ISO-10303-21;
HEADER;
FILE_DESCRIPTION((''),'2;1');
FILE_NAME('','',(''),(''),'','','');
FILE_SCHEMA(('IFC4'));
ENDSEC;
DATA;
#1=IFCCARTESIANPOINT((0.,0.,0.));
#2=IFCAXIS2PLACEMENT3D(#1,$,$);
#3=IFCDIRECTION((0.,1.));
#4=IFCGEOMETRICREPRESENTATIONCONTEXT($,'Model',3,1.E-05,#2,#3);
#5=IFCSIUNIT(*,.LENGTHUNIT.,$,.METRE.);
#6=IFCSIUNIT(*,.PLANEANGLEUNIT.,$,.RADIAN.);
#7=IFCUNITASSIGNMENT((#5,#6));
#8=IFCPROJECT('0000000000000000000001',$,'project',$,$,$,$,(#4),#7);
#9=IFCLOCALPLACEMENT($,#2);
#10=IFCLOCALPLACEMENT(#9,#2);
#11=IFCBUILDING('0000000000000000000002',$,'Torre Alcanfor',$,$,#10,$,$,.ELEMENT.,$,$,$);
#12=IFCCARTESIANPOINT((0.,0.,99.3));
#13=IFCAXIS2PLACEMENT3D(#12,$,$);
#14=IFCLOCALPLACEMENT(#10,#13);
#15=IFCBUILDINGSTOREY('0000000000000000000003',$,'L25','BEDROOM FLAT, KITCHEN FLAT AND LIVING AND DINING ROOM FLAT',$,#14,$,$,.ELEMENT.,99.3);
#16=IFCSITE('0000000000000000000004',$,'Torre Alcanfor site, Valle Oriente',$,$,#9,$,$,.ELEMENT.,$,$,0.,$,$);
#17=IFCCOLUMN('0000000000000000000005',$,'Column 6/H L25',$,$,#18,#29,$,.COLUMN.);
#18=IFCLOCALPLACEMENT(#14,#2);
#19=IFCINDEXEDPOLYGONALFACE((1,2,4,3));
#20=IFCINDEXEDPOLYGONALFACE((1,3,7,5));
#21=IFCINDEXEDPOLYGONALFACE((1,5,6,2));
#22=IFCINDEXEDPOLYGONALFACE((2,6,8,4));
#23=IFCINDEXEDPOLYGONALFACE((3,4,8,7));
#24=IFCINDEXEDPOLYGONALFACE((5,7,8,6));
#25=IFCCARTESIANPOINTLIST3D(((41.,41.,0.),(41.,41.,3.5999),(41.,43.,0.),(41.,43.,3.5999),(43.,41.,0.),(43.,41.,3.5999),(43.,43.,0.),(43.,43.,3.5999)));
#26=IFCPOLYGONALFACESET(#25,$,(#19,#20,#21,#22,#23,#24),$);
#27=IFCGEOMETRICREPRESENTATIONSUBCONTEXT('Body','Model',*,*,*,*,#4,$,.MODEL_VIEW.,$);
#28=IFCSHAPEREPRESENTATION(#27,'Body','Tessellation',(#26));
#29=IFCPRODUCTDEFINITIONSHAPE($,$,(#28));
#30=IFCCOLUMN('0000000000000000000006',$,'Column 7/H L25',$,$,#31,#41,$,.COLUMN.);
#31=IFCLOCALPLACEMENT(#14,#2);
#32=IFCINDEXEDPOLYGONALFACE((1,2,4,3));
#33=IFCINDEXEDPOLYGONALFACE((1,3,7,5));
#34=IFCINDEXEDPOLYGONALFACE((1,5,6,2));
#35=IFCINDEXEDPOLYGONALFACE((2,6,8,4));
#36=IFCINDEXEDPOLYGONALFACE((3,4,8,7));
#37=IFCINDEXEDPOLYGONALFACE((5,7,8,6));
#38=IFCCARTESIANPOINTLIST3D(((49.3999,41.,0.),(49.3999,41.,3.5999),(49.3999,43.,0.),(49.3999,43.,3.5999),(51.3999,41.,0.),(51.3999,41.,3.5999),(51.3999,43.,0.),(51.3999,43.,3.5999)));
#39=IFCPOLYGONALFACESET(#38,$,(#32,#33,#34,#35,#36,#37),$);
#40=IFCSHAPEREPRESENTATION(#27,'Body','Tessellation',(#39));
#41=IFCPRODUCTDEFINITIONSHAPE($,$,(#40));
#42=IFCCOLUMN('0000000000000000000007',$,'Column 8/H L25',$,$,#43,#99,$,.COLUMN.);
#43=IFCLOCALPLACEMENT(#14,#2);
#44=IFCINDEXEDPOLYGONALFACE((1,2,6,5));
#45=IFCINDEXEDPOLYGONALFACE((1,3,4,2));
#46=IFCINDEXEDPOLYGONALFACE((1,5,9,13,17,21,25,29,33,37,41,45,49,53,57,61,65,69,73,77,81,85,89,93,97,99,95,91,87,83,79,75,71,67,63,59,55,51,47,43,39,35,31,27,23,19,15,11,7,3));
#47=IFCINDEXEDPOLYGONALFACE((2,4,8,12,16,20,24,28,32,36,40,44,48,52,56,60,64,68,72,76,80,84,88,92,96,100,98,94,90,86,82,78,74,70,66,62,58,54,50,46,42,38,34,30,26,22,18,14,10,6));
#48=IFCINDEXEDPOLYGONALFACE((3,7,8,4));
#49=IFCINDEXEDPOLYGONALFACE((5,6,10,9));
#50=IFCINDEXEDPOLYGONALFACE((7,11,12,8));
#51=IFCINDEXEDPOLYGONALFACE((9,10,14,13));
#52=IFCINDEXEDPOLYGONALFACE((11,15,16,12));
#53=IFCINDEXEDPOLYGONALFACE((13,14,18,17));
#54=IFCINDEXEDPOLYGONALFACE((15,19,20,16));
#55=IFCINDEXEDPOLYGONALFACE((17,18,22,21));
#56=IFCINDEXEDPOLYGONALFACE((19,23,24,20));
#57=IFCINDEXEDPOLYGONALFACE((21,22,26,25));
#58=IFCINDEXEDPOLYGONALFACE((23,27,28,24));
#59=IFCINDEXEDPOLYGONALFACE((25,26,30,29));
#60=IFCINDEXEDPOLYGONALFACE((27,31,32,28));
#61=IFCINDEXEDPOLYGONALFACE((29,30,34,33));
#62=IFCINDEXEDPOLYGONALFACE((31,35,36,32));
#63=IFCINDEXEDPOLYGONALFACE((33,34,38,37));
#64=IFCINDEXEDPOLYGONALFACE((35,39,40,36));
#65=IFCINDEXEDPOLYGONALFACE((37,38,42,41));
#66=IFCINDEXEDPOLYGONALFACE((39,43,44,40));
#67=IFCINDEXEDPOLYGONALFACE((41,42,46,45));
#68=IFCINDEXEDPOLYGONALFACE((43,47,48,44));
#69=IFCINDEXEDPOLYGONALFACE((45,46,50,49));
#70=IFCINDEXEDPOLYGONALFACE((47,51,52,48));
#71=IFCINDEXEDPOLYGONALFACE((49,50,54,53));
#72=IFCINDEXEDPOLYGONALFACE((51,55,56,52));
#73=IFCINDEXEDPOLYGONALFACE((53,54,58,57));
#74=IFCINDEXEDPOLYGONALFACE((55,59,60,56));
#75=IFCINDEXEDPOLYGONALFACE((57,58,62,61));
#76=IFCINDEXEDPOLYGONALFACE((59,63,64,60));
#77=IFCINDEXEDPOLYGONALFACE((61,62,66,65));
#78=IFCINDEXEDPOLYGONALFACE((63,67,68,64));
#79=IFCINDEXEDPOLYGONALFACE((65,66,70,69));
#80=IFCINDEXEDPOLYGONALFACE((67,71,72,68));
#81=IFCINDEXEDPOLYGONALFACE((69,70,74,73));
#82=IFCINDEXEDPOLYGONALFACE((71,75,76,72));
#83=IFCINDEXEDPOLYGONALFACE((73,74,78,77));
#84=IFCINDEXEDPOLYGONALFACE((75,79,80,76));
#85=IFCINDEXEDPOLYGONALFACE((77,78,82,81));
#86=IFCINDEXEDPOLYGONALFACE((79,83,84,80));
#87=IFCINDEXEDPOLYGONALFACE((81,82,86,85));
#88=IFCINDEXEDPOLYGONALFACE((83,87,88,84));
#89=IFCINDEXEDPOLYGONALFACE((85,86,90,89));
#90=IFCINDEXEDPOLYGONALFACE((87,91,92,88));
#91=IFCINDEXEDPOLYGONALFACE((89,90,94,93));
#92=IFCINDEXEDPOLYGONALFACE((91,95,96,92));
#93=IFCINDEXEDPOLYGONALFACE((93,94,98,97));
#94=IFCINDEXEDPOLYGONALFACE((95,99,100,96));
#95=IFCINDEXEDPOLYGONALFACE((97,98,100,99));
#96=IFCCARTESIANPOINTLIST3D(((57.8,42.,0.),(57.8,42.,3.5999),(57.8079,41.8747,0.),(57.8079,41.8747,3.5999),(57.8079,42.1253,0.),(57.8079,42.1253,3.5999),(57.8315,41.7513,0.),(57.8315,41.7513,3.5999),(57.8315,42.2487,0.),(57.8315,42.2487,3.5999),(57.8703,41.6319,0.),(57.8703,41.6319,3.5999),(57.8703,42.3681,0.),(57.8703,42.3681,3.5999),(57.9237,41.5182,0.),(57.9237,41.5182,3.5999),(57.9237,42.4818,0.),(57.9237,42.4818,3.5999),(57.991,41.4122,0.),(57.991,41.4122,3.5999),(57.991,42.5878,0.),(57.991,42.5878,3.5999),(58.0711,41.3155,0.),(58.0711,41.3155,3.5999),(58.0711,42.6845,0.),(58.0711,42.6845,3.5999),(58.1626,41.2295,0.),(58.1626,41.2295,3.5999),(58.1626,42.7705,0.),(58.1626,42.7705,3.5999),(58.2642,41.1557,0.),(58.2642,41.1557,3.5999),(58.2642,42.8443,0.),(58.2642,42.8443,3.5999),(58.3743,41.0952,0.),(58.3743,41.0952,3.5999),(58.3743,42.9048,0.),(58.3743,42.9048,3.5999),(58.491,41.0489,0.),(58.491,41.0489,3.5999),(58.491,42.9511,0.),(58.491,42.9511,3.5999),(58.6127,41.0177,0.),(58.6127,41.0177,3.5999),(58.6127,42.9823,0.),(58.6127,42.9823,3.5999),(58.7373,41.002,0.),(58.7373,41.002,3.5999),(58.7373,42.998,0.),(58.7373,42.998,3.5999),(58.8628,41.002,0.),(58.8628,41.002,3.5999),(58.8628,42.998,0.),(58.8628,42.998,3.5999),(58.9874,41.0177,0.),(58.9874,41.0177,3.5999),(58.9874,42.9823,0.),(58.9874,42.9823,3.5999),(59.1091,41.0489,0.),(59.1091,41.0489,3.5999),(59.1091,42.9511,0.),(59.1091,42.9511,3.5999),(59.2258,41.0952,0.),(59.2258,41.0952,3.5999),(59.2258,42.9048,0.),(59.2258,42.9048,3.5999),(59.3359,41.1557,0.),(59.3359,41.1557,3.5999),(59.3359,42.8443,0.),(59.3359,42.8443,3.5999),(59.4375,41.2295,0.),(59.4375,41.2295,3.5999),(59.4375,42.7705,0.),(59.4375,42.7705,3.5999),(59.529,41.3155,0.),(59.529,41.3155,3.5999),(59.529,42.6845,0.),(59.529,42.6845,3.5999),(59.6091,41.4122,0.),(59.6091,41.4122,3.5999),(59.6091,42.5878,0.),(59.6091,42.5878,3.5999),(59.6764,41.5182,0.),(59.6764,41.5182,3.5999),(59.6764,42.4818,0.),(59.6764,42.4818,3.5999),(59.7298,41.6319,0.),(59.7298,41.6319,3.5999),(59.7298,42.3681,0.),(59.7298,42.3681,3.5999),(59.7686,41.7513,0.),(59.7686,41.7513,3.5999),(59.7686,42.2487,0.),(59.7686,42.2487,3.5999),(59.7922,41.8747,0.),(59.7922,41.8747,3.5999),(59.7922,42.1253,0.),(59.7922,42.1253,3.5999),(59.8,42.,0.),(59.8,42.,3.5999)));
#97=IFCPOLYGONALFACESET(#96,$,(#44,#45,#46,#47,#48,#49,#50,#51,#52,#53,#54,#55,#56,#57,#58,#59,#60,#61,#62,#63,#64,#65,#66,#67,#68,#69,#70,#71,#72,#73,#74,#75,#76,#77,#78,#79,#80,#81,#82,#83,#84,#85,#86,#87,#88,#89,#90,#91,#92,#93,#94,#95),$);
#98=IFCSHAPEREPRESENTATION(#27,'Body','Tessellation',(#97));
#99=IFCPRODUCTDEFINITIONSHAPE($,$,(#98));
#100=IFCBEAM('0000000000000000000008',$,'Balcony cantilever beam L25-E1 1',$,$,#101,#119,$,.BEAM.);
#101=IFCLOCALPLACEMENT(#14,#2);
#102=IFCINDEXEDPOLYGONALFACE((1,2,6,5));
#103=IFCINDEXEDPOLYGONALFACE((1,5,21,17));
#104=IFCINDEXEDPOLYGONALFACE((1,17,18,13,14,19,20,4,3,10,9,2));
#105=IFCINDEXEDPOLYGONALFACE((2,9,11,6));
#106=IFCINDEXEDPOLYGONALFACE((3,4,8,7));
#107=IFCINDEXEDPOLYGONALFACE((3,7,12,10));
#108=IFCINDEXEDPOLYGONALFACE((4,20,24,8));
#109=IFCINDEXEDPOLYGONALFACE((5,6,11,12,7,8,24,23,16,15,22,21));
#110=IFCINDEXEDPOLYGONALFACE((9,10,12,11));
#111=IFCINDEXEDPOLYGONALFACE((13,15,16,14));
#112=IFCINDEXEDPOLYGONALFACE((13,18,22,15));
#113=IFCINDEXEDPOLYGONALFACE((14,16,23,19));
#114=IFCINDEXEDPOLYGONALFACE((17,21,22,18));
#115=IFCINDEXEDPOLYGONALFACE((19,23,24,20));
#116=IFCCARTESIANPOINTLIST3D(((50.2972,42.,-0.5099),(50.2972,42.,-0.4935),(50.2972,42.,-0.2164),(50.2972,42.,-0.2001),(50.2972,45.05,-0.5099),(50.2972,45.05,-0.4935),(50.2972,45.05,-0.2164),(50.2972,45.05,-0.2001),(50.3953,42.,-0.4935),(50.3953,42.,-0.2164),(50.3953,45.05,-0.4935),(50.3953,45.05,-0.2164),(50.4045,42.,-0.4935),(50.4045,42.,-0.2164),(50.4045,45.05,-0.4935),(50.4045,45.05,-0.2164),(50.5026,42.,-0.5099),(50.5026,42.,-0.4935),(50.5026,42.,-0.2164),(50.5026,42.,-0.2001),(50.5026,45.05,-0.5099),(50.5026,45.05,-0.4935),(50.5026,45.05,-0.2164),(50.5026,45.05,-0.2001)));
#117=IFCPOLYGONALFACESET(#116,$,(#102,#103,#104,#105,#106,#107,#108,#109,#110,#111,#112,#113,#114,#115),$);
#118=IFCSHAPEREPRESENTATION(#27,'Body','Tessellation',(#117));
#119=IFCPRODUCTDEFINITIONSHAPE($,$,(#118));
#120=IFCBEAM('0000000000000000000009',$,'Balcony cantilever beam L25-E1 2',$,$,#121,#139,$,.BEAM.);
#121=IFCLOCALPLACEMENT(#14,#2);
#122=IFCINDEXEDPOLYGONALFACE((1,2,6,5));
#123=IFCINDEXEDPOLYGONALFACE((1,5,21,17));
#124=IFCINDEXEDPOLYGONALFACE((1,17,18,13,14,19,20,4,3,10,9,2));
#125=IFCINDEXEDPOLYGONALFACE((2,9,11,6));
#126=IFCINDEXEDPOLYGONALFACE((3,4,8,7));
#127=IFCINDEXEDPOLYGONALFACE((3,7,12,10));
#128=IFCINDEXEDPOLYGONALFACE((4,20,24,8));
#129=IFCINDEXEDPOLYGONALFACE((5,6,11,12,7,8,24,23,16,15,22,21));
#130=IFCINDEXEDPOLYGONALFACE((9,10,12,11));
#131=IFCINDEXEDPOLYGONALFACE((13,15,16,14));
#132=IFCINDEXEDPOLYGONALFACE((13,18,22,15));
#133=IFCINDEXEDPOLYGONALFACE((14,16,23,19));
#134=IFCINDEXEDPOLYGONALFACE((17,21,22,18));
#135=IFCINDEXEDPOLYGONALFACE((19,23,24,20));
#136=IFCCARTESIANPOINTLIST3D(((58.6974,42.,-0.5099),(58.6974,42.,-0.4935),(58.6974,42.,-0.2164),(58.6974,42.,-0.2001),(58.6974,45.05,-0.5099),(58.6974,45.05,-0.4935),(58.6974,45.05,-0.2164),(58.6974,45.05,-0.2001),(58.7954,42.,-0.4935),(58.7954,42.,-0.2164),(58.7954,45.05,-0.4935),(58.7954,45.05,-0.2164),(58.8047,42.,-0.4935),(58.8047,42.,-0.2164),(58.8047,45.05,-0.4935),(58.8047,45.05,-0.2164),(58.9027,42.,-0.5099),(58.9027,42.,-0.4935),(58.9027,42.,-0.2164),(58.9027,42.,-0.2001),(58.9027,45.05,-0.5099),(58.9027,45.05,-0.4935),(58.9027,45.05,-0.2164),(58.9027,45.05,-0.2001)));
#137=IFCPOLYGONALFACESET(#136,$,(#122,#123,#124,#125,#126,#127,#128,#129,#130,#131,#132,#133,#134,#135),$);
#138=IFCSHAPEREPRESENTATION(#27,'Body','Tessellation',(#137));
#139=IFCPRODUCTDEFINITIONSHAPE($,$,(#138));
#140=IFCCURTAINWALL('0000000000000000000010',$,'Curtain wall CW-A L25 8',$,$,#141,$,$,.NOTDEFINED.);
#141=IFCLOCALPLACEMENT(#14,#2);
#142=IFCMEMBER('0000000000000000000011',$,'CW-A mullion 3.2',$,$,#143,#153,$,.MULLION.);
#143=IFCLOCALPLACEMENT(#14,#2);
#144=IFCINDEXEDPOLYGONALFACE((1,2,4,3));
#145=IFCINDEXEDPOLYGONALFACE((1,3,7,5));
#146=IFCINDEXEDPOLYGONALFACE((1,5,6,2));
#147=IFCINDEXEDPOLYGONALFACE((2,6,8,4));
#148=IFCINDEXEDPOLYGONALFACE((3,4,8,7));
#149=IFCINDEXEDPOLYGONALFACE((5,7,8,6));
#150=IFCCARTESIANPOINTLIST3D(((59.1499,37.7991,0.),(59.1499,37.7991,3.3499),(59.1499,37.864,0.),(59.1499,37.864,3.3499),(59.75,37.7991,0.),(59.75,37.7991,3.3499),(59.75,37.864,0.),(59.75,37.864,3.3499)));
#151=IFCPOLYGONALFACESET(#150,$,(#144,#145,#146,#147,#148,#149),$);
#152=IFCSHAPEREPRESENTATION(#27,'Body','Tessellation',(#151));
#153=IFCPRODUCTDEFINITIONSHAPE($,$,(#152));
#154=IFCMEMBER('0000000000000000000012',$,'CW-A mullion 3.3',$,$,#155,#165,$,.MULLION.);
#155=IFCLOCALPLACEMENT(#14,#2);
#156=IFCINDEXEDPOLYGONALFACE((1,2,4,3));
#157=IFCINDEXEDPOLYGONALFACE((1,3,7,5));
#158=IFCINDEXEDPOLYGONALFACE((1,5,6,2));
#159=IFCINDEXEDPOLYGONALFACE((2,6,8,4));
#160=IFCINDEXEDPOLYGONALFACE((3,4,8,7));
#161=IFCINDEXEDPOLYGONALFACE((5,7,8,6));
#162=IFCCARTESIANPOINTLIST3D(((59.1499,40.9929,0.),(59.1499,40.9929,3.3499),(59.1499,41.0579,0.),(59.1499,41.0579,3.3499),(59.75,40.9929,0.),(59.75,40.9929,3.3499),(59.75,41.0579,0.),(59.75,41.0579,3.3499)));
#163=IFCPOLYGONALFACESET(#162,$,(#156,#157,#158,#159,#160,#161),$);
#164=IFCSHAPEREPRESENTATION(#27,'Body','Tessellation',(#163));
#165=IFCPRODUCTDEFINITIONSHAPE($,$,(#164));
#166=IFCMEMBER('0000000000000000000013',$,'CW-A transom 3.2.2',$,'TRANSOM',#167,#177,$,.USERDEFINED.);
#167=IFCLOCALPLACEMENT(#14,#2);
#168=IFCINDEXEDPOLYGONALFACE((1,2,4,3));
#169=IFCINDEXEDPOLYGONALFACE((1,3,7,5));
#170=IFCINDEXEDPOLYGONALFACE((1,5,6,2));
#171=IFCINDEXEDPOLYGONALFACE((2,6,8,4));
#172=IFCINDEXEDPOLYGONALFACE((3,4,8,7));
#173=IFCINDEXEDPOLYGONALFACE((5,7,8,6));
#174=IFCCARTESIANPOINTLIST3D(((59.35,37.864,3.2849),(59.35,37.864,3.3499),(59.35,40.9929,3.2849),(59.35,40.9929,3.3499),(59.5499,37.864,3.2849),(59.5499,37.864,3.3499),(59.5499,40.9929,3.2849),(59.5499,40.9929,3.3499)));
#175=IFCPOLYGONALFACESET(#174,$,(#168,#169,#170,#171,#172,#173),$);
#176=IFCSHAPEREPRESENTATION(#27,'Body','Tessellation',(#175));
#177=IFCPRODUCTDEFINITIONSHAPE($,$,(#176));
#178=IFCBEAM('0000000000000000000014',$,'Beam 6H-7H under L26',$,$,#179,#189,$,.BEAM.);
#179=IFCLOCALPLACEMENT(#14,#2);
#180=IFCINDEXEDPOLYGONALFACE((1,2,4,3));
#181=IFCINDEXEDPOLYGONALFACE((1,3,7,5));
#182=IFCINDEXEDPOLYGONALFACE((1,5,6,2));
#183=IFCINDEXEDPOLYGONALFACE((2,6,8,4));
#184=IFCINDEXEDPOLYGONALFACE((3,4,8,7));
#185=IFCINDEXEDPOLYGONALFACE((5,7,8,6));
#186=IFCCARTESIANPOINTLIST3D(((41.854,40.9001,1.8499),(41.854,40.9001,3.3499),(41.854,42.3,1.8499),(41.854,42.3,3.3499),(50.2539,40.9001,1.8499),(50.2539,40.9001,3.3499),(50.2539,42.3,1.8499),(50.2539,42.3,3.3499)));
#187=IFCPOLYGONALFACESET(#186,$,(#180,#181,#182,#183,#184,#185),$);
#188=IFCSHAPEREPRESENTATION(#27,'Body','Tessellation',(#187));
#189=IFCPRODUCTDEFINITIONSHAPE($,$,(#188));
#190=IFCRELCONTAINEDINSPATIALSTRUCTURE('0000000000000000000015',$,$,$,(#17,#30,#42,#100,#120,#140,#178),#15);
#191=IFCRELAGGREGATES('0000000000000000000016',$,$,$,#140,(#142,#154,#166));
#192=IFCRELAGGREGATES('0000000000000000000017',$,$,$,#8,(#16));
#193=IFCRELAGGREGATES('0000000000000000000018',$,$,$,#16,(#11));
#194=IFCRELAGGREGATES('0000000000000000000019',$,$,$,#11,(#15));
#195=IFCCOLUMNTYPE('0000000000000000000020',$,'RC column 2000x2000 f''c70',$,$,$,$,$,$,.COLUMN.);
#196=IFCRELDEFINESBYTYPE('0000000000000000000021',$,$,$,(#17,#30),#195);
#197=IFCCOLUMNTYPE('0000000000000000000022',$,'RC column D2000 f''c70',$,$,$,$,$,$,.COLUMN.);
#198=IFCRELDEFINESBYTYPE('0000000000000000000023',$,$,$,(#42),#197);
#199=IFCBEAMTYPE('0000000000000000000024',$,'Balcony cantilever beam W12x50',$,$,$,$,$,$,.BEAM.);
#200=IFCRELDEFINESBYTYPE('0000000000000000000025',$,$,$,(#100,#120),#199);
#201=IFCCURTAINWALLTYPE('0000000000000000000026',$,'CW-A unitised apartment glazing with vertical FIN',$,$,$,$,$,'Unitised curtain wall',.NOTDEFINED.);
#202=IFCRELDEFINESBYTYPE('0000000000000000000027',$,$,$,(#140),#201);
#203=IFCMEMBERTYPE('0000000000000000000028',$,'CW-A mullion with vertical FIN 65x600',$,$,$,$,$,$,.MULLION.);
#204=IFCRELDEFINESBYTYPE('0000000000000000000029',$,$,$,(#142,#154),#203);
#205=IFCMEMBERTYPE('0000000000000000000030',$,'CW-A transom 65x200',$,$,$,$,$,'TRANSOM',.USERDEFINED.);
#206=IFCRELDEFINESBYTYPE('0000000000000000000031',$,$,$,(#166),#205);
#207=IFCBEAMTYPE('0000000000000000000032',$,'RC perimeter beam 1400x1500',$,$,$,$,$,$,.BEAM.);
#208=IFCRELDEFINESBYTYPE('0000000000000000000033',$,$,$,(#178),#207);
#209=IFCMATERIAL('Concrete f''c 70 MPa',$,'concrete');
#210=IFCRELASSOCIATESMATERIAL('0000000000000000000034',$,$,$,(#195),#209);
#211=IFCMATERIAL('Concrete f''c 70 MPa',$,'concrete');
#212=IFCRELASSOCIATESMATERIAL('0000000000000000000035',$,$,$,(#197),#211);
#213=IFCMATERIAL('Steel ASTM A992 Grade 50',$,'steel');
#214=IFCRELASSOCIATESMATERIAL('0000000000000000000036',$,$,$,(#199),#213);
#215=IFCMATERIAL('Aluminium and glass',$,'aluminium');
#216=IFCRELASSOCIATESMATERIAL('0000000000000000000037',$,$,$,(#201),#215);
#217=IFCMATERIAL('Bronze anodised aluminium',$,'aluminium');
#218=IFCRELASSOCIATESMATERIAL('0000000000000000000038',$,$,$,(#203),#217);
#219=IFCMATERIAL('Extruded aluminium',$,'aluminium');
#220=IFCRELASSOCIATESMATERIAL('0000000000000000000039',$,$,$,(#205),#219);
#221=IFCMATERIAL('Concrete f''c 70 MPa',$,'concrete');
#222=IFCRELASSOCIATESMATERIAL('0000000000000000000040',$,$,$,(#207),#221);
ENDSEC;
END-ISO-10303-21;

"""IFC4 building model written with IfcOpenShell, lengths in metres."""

from ifc_helpers import new_model, si_unit, direction, frame, origin, origin_2d, place, context, subcontext, project, spatial, rectangle, circle, i_section, extrude, material, material_profile, profile_set, type_object, element, aggregate, save


model = new_model("IFC4")

# Units and contexts
model_context = context("Model", 3, precision=1e-05, world=origin(), true_north=direction((0.0, 1.0)))
body_context = subcontext(model_context, "Body", "Model", "MODEL_VIEW")
ifc_project = project(units=[si_unit("LENGTHUNIT", "METRE"), si_unit("PLANEANGLEUNIT", "RADIAN")], contexts=[model_context])

# Site, building, storey
site_placement = place(None, origin())
site = spatial("IfcSite", under=ifc_project, at=site_placement, Name="Torre Alcanfor site, Valle Oriente", CompositionType="ELEMENT", RefElevation=0.0)
building_placement = place(site_placement, origin())
building = spatial("IfcBuilding", under=site, at=building_placement, Name="Torre Alcanfor", CompositionType="ELEMENT")
storey_placement = place(building_placement, frame((0.0, 0.0, 99.3)))
storey = spatial("IfcBuildingStorey", under=building, at=storey_placement, Name="L25", Description="BEDROOM FLAT, KITCHEN FLAT AND LIVING AND DINING ROOM FLAT", CompositionType="ELEMENT", Elevation=99.3)

# Columns
ifc_material_1 = material(Name="Concrete f'c 70 MPa", Category="concrete")
ifc_material_profile_1 = material_profile(ifc_material_1, rectangle(XDim=2.0, YDim=2.0, at=origin_2d()), Name="2000x2000")
ifc_profile_set_1 = profile_set([ifc_material_profile_1], Name="Concrete f'c 70 MPa")
column_type_1 = type_object("IfcColumnType", Name="RC column 2000x2000 f'c70", PredefinedType="COLUMN", material=ifc_profile_set_1)
for number, where, z_axis, x_axis, name in (
    (1, (42.0, 42.0, 0.0), (0.0, 0.0, 1.0), (1.0, 0.0, 0.0), "Column 6/H L25"),
    (2, (50.3999, 42.0, 0.0), (0.0, 0.0, 1.0), (1.0, 0.0, 0.0), "Column 7/H L25"),
):
    element("IfcColumn", number, at=place(storey_placement, frame(where, z_axis=z_axis, x_axis=x_axis)), inside=storey, type_object=column_type_1, Name=name, PredefinedType="COLUMN", context=body_context, shape_type="SweptSolid", body=[
        extrude(rectangle(XDim=2.0, YDim=2.0, at=origin_2d()), origin(), (0.0, 0.0, 1.0), 3.5999),
    ])
ifc_material_2 = material(Name="Concrete f'c 70 MPa", Category="concrete")
ifc_material_profile_2 = material_profile(ifc_material_2, circle(Radius=1.0, at=origin_2d()), Name="D2000")
ifc_profile_set_2 = profile_set([ifc_material_profile_2], Name="Concrete f'c 70 MPa")
column_type_2 = type_object("IfcColumnType", Name="RC column D2000 f'c70", PredefinedType="COLUMN", material=ifc_profile_set_2)
column_placement = place(storey_placement, frame((58.8, 42.0, 0.0), z_axis=(0.0, 0.0, 1.0), x_axis=(1.0, 0.0, 0.0)))
element("IfcColumn", 3, at=column_placement, inside=storey, type_object=column_type_2, Name="Column 8/H L25", PredefinedType="COLUMN", context=body_context, shape_type="SweptSolid", body=[
    extrude(circle(Radius=1.0, at=origin_2d()), origin(), (0.0, 0.0, 1.0), 3.5999),
])

# Beams
ifc_material_3 = material(Name="Steel ASTM A992 Grade 50", Category="steel")
ifc_material_profile_3 = material_profile(ifc_material_3, i_section(OverallWidth=0.2053, OverallDepth=0.3098, WebThickness=0.0093, FlangeThickness=0.0164, at=origin_2d()), Name="W12x50")
ifc_profile_set_3 = profile_set([ifc_material_profile_3], Name="Steel ASTM A992 Grade 50")
beam_type_1 = type_object("IfcBeamType", Name="Balcony cantilever beam W12x50", PredefinedType="BEAM", material=ifc_profile_set_3)
for number, where, z_axis, x_axis, name in (
    (4, (50.3999, 42.0, -0.355), (0.0, 1.0, 0.0), (-1.0, 0.0, 0.0), "Balcony cantilever beam L25-E1 1"),
    (5, (58.8, 42.0, -0.355), (0.0, 1.0, 0.0), (-1.0, 0.0, 0.0), "Balcony cantilever beam L25-E1 2"),
):
    element("IfcBeam", number, at=place(storey_placement, frame(where, z_axis=z_axis, x_axis=x_axis)), inside=storey, type_object=beam_type_1, Name=name, PredefinedType="BEAM", context=body_context, shape_type="SweptSolid", body=[
        extrude(i_section(OverallWidth=0.2053, OverallDepth=0.3098, WebThickness=0.0093, FlangeThickness=0.0164, at=origin_2d()), origin(), (0.0, 0.0, 1.0), 3.05),
    ])

# Curtain wall, members
ifc_material_4 = material(Name="Aluminium and glass", Category="aluminium")
curtain_wall_type = type_object("IfcCurtainWallType", Name="CW-A unitised apartment glazing with vertical FIN", ElementType="Unitised curtain wall", PredefinedType="NOTDEFINED", material=ifc_material_4)
curtain_wall_placement = place(storey_placement, origin())
curtain_wall = element("IfcCurtainWall", 6, at=curtain_wall_placement, inside=storey, type_object=curtain_wall_type, Name="Curtain wall CW-A L25 8", PredefinedType="NOTDEFINED")
ifc_material_5 = material(Name="Bronze anodised aluminium", Category="aluminium")
ifc_material_profile_4 = material_profile(ifc_material_5, rectangle(XDim=0.6001, YDim=0.0649, at=origin_2d()), Name="CW-A mullion 65x600")
ifc_profile_set_4 = profile_set([ifc_material_profile_4], Name="Bronze anodised aluminium")
member_type_1 = type_object("IfcMemberType", Name="CW-A mullion with vertical FIN 65x600", PredefinedType="MULLION", material=ifc_profile_set_4)
member_1_placement = place(storey_placement, frame((59.45, 37.8315, 0.0), z_axis=(0.0, 0.0, 1.0), x_axis=(-1.0, 0.0, 0.0)))
member_1 = element("IfcMember", 7, at=member_1_placement, type_object=member_type_1, Name="CW-A mullion 3.2", PredefinedType="MULLION", context=body_context, shape_type="SweptSolid", body=[
    extrude(rectangle(XDim=0.6001, YDim=0.0649, at=origin_2d()), origin(), (0.0, 0.0, 1.0), 3.3499),
])
member_2_placement = place(storey_placement, frame((59.45, 41.0254, 0.0), z_axis=(0.0, 0.0, 1.0), x_axis=(-1.0, 0.0, 0.0)))
member_2 = element("IfcMember", 8, at=member_2_placement, type_object=member_type_1, Name="CW-A mullion 3.3", PredefinedType="MULLION", context=body_context, shape_type="SweptSolid", body=[
    extrude(rectangle(XDim=0.6001, YDim=0.0649, at=origin_2d()), origin(), (0.0, 0.0, 1.0), 3.3499),
])
ifc_material_6 = material(Name="Extruded aluminium", Category="aluminium")
ifc_material_profile_5 = material_profile(ifc_material_6, rectangle(XDim=0.2, YDim=0.0649, at=origin_2d()), Name="CW-A transom 200x65")
ifc_profile_set_5 = profile_set([ifc_material_profile_5], Name="Extruded aluminium")
member_type_2 = type_object("IfcMemberType", Name="CW-A transom 65x200", ElementType="TRANSOM", PredefinedType="USERDEFINED", material=ifc_profile_set_5)
member_3_placement = place(storey_placement, frame((59.45, 37.864, 3.3174), z_axis=(0.0, 1.0, 0.0), x_axis=(-1.0, 0.0, 0.0)))
member_3 = element("IfcMember", 9, at=member_3_placement, type_object=member_type_2, Name="CW-A transom 3.2.2", ObjectType="TRANSOM", PredefinedType="USERDEFINED", context=body_context, shape_type="SweptSolid", body=[
    extrude(rectangle(XDim=0.2, YDim=0.0649, at=origin_2d()), origin(), (0.0, 0.0, 1.0), 3.1289),
])

# Beam
ifc_material_7 = material(Name="Concrete f'c 70 MPa", Category="concrete")
ifc_material_profile_6 = material_profile(ifc_material_7, rectangle(XDim=1.3999, YDim=1.5, at=origin_2d()), Name="1400x1500")
ifc_profile_set_6 = profile_set([ifc_material_profile_6], Name="Concrete f'c 70 MPa")
beam_type_2 = type_object("IfcBeamType", Name="RC perimeter beam 1400x1500", PredefinedType="BEAM", material=ifc_profile_set_6)
beam_1_placement = place(storey_placement, frame((41.854, 41.6001, 2.5999), z_axis=(1.0, 0.0, 0.0), x_axis=(0.0, 1.0, 0.0)))
element("IfcBeam", 10, at=beam_1_placement, inside=storey, type_object=beam_type_2, Name="Beam 6H-7H under L26", PredefinedType="BEAM", context=body_context, shape_type="SweptSolid", body=[
    extrude(rectangle(XDim=1.3999, YDim=1.5, at=origin_2d()), origin(), (0.0, 0.0, 1.0), 8.3999),
])

aggregate(curtain_wall, [member_1, member_2, member_3])

save(model, "model.ifc")
